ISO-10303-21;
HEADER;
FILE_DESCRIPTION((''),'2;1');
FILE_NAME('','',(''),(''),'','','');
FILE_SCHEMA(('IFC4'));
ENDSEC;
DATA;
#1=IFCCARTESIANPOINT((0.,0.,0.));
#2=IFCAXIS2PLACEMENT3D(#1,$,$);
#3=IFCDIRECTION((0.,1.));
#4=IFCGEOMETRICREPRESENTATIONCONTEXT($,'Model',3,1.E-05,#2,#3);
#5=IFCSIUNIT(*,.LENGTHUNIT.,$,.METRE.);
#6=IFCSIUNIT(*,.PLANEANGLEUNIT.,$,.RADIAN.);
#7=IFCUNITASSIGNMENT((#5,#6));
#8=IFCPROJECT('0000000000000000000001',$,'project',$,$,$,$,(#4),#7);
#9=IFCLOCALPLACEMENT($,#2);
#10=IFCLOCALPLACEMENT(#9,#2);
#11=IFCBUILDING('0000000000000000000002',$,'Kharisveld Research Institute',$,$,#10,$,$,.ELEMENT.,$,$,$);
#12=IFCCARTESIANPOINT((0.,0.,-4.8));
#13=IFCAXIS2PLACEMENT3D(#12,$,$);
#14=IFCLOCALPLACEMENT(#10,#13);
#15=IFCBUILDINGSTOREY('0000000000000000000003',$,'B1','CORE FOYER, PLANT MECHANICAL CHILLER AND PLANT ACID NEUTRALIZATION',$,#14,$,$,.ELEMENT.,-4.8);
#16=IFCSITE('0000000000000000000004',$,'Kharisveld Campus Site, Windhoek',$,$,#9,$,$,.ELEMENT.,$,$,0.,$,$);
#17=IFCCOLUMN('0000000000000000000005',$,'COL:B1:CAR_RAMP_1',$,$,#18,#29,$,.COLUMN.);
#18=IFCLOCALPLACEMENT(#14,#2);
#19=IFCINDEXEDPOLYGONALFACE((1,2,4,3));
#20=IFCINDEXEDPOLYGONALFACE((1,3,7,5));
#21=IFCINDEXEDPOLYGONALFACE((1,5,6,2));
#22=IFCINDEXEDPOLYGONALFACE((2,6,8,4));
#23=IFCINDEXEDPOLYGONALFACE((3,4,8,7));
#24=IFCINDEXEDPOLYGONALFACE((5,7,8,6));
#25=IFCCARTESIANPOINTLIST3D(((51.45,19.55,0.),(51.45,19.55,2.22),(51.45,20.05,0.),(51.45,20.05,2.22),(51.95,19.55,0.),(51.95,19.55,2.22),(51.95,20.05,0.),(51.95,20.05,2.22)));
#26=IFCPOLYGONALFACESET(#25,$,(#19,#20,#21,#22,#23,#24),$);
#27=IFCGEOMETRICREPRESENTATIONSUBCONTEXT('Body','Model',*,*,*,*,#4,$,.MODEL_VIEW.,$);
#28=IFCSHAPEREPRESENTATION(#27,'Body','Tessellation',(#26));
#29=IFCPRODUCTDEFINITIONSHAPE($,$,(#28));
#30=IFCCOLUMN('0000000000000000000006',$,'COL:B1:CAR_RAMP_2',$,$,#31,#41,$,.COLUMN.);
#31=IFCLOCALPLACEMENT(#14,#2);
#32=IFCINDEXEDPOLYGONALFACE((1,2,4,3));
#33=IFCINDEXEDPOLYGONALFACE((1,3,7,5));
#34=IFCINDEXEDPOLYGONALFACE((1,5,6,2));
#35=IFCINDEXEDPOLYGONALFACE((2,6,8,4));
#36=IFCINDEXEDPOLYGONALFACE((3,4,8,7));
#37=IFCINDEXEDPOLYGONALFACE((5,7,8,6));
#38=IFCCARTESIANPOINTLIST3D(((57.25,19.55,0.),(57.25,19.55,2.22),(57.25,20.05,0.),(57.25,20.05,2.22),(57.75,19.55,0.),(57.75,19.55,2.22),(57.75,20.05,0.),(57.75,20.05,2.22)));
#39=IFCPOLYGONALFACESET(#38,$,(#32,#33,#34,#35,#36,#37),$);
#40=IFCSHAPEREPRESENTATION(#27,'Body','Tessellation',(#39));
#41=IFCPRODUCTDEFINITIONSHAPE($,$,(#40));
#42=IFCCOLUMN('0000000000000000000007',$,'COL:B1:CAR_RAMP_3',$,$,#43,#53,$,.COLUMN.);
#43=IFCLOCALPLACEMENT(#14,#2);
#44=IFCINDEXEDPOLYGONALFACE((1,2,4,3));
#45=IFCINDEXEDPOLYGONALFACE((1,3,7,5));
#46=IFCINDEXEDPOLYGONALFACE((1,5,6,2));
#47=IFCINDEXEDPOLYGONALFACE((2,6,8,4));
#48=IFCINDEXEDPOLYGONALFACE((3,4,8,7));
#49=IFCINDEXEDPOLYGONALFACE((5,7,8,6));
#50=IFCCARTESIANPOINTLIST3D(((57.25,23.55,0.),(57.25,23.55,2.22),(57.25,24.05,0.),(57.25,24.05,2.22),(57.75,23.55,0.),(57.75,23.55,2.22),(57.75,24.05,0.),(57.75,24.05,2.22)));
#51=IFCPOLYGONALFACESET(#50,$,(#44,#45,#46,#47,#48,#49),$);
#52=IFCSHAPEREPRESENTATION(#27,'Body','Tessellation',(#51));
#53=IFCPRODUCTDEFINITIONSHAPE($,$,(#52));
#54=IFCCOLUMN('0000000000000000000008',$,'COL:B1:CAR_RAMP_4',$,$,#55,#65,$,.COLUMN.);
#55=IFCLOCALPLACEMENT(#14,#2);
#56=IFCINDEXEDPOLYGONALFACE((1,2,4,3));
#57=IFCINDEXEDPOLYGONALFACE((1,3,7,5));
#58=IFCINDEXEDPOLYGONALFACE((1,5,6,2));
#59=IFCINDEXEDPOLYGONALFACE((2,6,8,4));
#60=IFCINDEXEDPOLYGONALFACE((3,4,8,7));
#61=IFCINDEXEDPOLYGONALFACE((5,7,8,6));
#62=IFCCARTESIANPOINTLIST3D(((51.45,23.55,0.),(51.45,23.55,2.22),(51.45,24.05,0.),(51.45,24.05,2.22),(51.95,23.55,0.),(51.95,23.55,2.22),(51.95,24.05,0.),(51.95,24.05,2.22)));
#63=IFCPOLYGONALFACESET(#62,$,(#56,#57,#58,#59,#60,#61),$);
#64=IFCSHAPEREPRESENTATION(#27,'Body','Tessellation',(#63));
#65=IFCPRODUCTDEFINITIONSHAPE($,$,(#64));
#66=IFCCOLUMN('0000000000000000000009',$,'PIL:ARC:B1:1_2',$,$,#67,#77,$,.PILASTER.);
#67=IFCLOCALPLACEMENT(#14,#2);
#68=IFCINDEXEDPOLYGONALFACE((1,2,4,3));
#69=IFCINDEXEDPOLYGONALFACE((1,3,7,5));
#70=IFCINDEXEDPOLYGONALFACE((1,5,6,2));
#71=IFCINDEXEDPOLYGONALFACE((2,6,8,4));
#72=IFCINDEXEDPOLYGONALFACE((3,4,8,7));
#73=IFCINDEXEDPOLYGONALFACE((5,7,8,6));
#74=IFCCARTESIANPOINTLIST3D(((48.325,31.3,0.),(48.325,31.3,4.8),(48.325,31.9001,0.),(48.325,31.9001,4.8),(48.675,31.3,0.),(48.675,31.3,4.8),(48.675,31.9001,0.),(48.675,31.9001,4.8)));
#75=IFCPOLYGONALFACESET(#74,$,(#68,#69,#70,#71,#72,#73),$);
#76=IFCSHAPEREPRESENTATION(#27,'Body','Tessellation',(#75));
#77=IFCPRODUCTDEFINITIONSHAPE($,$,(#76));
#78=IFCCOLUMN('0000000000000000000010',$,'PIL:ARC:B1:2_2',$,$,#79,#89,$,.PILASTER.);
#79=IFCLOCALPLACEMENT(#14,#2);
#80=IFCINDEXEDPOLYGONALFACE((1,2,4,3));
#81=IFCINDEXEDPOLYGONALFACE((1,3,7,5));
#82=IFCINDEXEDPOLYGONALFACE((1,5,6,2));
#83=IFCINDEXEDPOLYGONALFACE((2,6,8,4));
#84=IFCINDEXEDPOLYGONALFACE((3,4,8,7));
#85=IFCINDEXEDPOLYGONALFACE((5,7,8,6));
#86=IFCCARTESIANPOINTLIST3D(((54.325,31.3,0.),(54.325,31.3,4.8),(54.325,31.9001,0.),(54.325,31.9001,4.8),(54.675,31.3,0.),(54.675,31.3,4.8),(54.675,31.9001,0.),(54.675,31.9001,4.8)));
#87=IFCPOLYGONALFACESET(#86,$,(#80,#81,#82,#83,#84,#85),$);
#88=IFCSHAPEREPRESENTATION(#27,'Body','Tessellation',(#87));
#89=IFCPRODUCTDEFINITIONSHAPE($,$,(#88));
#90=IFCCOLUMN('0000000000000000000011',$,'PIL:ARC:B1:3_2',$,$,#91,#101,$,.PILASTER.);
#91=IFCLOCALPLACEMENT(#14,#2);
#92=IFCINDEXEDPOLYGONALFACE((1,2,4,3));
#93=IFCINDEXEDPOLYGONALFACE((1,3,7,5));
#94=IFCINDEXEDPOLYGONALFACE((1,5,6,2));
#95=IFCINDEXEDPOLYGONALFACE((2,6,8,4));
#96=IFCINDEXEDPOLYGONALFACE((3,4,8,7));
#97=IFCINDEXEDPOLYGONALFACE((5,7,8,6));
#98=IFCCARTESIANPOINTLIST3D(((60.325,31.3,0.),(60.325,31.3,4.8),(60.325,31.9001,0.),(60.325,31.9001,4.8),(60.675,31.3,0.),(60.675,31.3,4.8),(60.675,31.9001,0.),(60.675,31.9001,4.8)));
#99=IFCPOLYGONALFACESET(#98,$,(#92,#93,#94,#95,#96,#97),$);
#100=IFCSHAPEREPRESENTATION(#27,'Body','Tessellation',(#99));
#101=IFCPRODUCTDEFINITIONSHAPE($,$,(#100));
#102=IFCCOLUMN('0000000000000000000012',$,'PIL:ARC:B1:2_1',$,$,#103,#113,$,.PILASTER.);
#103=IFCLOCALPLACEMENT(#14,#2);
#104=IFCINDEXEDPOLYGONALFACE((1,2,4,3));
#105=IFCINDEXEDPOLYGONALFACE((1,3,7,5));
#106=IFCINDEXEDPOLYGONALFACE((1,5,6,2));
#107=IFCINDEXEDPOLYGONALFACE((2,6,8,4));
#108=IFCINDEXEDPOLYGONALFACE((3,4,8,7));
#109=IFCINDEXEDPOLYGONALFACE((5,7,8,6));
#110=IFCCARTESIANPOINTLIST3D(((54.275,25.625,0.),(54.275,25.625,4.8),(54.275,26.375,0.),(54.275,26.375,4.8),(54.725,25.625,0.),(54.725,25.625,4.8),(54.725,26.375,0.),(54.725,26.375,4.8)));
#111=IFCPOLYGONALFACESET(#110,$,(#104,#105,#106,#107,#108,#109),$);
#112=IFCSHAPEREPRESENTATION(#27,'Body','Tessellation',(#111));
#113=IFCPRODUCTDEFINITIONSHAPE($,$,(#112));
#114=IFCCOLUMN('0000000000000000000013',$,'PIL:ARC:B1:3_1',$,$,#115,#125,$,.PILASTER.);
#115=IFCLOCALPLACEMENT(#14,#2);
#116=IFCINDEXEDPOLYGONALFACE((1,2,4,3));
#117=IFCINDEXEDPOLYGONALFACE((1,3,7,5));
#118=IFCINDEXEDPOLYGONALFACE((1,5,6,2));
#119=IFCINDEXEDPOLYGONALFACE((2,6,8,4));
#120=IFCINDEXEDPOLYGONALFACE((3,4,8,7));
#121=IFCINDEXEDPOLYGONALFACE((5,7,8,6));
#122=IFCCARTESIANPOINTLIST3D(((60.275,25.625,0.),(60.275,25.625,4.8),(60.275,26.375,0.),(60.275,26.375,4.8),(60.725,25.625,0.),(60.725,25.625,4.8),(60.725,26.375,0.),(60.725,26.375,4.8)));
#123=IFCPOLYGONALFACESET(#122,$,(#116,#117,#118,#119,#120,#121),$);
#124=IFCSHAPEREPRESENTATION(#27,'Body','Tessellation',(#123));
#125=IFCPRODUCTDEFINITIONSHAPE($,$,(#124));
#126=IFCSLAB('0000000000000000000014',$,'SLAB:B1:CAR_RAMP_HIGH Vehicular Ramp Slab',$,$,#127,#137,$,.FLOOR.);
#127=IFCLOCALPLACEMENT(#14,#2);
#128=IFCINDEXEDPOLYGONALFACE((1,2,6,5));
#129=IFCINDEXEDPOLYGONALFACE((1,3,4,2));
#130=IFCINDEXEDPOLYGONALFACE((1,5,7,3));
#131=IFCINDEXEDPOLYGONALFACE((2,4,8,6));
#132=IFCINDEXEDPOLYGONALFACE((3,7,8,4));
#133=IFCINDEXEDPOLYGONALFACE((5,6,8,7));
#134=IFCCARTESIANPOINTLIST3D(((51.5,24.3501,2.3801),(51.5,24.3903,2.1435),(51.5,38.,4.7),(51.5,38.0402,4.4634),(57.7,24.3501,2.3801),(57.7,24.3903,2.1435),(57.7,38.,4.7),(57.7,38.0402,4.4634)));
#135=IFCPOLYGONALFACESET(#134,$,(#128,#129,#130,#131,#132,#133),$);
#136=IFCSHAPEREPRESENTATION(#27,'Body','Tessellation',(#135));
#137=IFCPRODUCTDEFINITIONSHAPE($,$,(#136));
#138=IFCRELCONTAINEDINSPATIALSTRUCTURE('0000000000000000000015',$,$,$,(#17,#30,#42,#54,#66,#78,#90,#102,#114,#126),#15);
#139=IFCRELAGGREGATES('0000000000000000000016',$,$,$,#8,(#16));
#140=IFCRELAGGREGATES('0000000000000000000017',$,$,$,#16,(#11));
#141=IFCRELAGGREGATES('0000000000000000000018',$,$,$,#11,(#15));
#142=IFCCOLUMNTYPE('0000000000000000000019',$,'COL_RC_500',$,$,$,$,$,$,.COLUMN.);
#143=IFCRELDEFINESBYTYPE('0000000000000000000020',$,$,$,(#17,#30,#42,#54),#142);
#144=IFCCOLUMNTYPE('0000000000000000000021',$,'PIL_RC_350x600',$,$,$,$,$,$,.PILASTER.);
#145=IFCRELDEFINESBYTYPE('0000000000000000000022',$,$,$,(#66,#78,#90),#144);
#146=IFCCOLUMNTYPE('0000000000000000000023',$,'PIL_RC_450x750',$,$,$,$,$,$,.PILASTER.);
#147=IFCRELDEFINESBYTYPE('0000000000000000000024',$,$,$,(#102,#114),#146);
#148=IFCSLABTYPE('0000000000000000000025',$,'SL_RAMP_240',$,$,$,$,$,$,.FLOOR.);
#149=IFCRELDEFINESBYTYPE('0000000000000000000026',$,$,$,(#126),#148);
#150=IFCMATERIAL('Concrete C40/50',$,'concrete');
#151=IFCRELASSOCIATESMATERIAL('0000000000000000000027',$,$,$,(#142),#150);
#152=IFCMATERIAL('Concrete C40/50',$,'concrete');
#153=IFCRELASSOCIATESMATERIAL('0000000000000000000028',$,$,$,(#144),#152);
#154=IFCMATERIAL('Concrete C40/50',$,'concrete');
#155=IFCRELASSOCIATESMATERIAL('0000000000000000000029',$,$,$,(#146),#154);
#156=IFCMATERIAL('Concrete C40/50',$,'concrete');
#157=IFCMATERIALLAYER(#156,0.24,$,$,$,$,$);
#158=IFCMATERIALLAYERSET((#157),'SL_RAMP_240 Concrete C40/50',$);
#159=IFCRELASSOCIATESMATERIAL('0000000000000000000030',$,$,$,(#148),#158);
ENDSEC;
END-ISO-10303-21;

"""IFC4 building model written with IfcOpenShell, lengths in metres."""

from ifc_helpers import new_model, si_unit, direction, frame, origin, origin_2d, place, context, subcontext, project, spatial, polyline, rectangle, outline, extrude, material, layer, layer_set, material_profile, profile_set, type_object, element, save


model = new_model("IFC4")

# Units and contexts
model_context = context("Model", 3, precision=1e-05, world=origin(), true_north=direction((0.0, 1.0)))
body_context = subcontext(model_context, "Body", "Model", "MODEL_VIEW")
ifc_project = project(units=[si_unit("LENGTHUNIT", "METRE"), si_unit("PLANEANGLEUNIT", "RADIAN")], contexts=[model_context])

# Site, building, storey
site_placement = place(None, origin())
site = spatial("IfcSite", under=ifc_project, at=site_placement, Name="Kharisveld Campus Site, Windhoek", CompositionType="ELEMENT", RefElevation=0.0)
building_placement = place(site_placement, origin())
building = spatial("IfcBuilding", under=site, at=building_placement, Name="Kharisveld Research Institute", CompositionType="ELEMENT")
storey_placement = place(building_placement, frame((0.0, 0.0, -4.8)))
storey = spatial("IfcBuildingStorey", under=building, at=storey_placement, Name="B1", Description="CORE FOYER, PLANT MECHANICAL CHILLER AND PLANT ACID NEUTRALIZATION", CompositionType="ELEMENT", Elevation=-4.8)

# Columns
ifc_material_1 = material(Name="Concrete C40/50", Category="concrete")
ifc_material_profile_1 = material_profile(ifc_material_1, rectangle(XDim=0.5, YDim=0.5, at=origin_2d()))
ifc_profile_set_1 = profile_set([ifc_material_profile_1], Name="Concrete C40/50")
column_type_1 = type_object("IfcColumnType", Name="COL_RC_500", PredefinedType="COLUMN", material=ifc_profile_set_1)
for number, where, z_axis, x_axis, name in (
    (1, (51.7, 19.8, 0.0), (0.0, 0.0, 1.0), (1.0, 0.0, 0.0), "COL:B1:CAR_RAMP_1"),
    (2, (57.5, 19.8, 0.0), (0.0, 0.0, 1.0), (1.0, 0.0, 0.0), "COL:B1:CAR_RAMP_2"),
    (3, (57.5, 23.8, 0.0), (0.0, 0.0, 1.0), (1.0, 0.0, 0.0), "COL:B1:CAR_RAMP_3"),
    (4, (51.7, 23.8, 0.0), (0.0, 0.0, 1.0), (1.0, 0.0, 0.0), "COL:B1:CAR_RAMP_4"),
):
    element("IfcColumn", number, at=place(storey_placement, frame(where, z_axis=z_axis, x_axis=x_axis)), inside=storey, type_object=column_type_1, Name=name, PredefinedType="COLUMN", context=body_context, shape_type="SweptSolid", body=[
        extrude(rectangle(XDim=0.5, YDim=0.5, at=origin_2d()), origin(), (0.0, 0.0, 1.0), 2.22),
    ])
ifc_material_2 = material(Name="Concrete C40/50", Category="concrete")
ifc_material_profile_2 = material_profile(ifc_material_2, rectangle(XDim=0.3501, YDim=0.6001, at=origin_2d()))
ifc_profile_set_2 = profile_set([ifc_material_profile_2], Name="Concrete C40/50")
column_type_2 = type_object("IfcColumnType", Name="PIL_RC_350x600", PredefinedType="PILASTER", material=ifc_profile_set_2)
for number, where, z_axis, x_axis, name in (
    (5, (48.5, 31.6001, 0.0), (0.0, 0.0, 1.0), (1.0, 0.0, 0.0), "PIL:ARC:B1:1_2"),
    (6, (54.5, 31.6001, 0.0), (0.0, 0.0, 1.0), (1.0, 0.0, 0.0), "PIL:ARC:B1:2_2"),
    (7, (60.5, 31.6001, 0.0), (0.0, 0.0, 1.0), (1.0, 0.0, 0.0), "PIL:ARC:B1:3_2"),
):
    element("IfcColumn", number, at=place(storey_placement, frame(where, z_axis=z_axis, x_axis=x_axis)), inside=storey, type_object=column_type_2, Name=name, PredefinedType="PILASTER", context=body_context, shape_type="SweptSolid", body=[
        extrude(rectangle(XDim=0.3501, YDim=0.6001, at=origin_2d()), origin(), (0.0, 0.0, 1.0), 4.8),
    ])
ifc_material_3 = material(Name="Concrete C40/50", Category="concrete")
ifc_material_profile_3 = material_profile(ifc_material_3, rectangle(XDim=0.45, YDim=0.75, at=origin_2d()))
ifc_profile_set_3 = profile_set([ifc_material_profile_3], Name="Concrete C40/50")
column_type_3 = type_object("IfcColumnType", Name="PIL_RC_450x750", PredefinedType="PILASTER", material=ifc_profile_set_3)
for number, where, z_axis, x_axis, name in (
    (8, (54.5, 26.0, 0.0), (0.0, 0.0, 1.0), (1.0, 0.0, 0.0), "PIL:ARC:B1:2_1"),
    (9, (60.5, 26.0, 0.0), (0.0, 0.0, 1.0), (1.0, 0.0, 0.0), "PIL:ARC:B1:3_1"),
):
    element("IfcColumn", number, at=place(storey_placement, frame(where, z_axis=z_axis, x_axis=x_axis)), inside=storey, type_object=column_type_3, Name=name, PredefinedType="PILASTER", context=body_context, shape_type="SweptSolid", body=[
        extrude(rectangle(XDim=0.45, YDim=0.75, at=origin_2d()), origin(), (0.0, 0.0, 1.0), 4.8),
    ])

# Slab
ifc_material_4 = material(Name="Concrete C40/50", Category="concrete")
ifc_layer = layer(ifc_material_4, 0.24)
ifc_layer_set = layer_set([ifc_layer], Name="SL_RAMP_240 Concrete C40/50")
slab_type = type_object("IfcSlabType", Name="SL_RAMP_240", PredefinedType="FLOOR", material=ifc_layer_set)
slab_placement = place(storey_placement, frame((51.5, 24.3501, 2.3801), z_axis=(0.0, -0.167549, 0.985864), x_axis=(1.0, 0.0, 0.0)))
element("IfcSlab", 10, at=slab_placement, inside=storey, type_object=slab_type, Name="SLAB:B1:CAR_RAMP_HIGH Vehicular Ramp Slab", PredefinedType="FLOOR", context=body_context, shape_type="SweptSolid", body=[
    extrude(outline(polyline([(0.0, 0.0), (6.2, 0.0), (6.2, 13.8456), (0.0, 13.8456), (0.0, 0.0)])), origin(), (0.0, 0.0, -1.0), 0.24),
])

save(model, "model.ifc")
